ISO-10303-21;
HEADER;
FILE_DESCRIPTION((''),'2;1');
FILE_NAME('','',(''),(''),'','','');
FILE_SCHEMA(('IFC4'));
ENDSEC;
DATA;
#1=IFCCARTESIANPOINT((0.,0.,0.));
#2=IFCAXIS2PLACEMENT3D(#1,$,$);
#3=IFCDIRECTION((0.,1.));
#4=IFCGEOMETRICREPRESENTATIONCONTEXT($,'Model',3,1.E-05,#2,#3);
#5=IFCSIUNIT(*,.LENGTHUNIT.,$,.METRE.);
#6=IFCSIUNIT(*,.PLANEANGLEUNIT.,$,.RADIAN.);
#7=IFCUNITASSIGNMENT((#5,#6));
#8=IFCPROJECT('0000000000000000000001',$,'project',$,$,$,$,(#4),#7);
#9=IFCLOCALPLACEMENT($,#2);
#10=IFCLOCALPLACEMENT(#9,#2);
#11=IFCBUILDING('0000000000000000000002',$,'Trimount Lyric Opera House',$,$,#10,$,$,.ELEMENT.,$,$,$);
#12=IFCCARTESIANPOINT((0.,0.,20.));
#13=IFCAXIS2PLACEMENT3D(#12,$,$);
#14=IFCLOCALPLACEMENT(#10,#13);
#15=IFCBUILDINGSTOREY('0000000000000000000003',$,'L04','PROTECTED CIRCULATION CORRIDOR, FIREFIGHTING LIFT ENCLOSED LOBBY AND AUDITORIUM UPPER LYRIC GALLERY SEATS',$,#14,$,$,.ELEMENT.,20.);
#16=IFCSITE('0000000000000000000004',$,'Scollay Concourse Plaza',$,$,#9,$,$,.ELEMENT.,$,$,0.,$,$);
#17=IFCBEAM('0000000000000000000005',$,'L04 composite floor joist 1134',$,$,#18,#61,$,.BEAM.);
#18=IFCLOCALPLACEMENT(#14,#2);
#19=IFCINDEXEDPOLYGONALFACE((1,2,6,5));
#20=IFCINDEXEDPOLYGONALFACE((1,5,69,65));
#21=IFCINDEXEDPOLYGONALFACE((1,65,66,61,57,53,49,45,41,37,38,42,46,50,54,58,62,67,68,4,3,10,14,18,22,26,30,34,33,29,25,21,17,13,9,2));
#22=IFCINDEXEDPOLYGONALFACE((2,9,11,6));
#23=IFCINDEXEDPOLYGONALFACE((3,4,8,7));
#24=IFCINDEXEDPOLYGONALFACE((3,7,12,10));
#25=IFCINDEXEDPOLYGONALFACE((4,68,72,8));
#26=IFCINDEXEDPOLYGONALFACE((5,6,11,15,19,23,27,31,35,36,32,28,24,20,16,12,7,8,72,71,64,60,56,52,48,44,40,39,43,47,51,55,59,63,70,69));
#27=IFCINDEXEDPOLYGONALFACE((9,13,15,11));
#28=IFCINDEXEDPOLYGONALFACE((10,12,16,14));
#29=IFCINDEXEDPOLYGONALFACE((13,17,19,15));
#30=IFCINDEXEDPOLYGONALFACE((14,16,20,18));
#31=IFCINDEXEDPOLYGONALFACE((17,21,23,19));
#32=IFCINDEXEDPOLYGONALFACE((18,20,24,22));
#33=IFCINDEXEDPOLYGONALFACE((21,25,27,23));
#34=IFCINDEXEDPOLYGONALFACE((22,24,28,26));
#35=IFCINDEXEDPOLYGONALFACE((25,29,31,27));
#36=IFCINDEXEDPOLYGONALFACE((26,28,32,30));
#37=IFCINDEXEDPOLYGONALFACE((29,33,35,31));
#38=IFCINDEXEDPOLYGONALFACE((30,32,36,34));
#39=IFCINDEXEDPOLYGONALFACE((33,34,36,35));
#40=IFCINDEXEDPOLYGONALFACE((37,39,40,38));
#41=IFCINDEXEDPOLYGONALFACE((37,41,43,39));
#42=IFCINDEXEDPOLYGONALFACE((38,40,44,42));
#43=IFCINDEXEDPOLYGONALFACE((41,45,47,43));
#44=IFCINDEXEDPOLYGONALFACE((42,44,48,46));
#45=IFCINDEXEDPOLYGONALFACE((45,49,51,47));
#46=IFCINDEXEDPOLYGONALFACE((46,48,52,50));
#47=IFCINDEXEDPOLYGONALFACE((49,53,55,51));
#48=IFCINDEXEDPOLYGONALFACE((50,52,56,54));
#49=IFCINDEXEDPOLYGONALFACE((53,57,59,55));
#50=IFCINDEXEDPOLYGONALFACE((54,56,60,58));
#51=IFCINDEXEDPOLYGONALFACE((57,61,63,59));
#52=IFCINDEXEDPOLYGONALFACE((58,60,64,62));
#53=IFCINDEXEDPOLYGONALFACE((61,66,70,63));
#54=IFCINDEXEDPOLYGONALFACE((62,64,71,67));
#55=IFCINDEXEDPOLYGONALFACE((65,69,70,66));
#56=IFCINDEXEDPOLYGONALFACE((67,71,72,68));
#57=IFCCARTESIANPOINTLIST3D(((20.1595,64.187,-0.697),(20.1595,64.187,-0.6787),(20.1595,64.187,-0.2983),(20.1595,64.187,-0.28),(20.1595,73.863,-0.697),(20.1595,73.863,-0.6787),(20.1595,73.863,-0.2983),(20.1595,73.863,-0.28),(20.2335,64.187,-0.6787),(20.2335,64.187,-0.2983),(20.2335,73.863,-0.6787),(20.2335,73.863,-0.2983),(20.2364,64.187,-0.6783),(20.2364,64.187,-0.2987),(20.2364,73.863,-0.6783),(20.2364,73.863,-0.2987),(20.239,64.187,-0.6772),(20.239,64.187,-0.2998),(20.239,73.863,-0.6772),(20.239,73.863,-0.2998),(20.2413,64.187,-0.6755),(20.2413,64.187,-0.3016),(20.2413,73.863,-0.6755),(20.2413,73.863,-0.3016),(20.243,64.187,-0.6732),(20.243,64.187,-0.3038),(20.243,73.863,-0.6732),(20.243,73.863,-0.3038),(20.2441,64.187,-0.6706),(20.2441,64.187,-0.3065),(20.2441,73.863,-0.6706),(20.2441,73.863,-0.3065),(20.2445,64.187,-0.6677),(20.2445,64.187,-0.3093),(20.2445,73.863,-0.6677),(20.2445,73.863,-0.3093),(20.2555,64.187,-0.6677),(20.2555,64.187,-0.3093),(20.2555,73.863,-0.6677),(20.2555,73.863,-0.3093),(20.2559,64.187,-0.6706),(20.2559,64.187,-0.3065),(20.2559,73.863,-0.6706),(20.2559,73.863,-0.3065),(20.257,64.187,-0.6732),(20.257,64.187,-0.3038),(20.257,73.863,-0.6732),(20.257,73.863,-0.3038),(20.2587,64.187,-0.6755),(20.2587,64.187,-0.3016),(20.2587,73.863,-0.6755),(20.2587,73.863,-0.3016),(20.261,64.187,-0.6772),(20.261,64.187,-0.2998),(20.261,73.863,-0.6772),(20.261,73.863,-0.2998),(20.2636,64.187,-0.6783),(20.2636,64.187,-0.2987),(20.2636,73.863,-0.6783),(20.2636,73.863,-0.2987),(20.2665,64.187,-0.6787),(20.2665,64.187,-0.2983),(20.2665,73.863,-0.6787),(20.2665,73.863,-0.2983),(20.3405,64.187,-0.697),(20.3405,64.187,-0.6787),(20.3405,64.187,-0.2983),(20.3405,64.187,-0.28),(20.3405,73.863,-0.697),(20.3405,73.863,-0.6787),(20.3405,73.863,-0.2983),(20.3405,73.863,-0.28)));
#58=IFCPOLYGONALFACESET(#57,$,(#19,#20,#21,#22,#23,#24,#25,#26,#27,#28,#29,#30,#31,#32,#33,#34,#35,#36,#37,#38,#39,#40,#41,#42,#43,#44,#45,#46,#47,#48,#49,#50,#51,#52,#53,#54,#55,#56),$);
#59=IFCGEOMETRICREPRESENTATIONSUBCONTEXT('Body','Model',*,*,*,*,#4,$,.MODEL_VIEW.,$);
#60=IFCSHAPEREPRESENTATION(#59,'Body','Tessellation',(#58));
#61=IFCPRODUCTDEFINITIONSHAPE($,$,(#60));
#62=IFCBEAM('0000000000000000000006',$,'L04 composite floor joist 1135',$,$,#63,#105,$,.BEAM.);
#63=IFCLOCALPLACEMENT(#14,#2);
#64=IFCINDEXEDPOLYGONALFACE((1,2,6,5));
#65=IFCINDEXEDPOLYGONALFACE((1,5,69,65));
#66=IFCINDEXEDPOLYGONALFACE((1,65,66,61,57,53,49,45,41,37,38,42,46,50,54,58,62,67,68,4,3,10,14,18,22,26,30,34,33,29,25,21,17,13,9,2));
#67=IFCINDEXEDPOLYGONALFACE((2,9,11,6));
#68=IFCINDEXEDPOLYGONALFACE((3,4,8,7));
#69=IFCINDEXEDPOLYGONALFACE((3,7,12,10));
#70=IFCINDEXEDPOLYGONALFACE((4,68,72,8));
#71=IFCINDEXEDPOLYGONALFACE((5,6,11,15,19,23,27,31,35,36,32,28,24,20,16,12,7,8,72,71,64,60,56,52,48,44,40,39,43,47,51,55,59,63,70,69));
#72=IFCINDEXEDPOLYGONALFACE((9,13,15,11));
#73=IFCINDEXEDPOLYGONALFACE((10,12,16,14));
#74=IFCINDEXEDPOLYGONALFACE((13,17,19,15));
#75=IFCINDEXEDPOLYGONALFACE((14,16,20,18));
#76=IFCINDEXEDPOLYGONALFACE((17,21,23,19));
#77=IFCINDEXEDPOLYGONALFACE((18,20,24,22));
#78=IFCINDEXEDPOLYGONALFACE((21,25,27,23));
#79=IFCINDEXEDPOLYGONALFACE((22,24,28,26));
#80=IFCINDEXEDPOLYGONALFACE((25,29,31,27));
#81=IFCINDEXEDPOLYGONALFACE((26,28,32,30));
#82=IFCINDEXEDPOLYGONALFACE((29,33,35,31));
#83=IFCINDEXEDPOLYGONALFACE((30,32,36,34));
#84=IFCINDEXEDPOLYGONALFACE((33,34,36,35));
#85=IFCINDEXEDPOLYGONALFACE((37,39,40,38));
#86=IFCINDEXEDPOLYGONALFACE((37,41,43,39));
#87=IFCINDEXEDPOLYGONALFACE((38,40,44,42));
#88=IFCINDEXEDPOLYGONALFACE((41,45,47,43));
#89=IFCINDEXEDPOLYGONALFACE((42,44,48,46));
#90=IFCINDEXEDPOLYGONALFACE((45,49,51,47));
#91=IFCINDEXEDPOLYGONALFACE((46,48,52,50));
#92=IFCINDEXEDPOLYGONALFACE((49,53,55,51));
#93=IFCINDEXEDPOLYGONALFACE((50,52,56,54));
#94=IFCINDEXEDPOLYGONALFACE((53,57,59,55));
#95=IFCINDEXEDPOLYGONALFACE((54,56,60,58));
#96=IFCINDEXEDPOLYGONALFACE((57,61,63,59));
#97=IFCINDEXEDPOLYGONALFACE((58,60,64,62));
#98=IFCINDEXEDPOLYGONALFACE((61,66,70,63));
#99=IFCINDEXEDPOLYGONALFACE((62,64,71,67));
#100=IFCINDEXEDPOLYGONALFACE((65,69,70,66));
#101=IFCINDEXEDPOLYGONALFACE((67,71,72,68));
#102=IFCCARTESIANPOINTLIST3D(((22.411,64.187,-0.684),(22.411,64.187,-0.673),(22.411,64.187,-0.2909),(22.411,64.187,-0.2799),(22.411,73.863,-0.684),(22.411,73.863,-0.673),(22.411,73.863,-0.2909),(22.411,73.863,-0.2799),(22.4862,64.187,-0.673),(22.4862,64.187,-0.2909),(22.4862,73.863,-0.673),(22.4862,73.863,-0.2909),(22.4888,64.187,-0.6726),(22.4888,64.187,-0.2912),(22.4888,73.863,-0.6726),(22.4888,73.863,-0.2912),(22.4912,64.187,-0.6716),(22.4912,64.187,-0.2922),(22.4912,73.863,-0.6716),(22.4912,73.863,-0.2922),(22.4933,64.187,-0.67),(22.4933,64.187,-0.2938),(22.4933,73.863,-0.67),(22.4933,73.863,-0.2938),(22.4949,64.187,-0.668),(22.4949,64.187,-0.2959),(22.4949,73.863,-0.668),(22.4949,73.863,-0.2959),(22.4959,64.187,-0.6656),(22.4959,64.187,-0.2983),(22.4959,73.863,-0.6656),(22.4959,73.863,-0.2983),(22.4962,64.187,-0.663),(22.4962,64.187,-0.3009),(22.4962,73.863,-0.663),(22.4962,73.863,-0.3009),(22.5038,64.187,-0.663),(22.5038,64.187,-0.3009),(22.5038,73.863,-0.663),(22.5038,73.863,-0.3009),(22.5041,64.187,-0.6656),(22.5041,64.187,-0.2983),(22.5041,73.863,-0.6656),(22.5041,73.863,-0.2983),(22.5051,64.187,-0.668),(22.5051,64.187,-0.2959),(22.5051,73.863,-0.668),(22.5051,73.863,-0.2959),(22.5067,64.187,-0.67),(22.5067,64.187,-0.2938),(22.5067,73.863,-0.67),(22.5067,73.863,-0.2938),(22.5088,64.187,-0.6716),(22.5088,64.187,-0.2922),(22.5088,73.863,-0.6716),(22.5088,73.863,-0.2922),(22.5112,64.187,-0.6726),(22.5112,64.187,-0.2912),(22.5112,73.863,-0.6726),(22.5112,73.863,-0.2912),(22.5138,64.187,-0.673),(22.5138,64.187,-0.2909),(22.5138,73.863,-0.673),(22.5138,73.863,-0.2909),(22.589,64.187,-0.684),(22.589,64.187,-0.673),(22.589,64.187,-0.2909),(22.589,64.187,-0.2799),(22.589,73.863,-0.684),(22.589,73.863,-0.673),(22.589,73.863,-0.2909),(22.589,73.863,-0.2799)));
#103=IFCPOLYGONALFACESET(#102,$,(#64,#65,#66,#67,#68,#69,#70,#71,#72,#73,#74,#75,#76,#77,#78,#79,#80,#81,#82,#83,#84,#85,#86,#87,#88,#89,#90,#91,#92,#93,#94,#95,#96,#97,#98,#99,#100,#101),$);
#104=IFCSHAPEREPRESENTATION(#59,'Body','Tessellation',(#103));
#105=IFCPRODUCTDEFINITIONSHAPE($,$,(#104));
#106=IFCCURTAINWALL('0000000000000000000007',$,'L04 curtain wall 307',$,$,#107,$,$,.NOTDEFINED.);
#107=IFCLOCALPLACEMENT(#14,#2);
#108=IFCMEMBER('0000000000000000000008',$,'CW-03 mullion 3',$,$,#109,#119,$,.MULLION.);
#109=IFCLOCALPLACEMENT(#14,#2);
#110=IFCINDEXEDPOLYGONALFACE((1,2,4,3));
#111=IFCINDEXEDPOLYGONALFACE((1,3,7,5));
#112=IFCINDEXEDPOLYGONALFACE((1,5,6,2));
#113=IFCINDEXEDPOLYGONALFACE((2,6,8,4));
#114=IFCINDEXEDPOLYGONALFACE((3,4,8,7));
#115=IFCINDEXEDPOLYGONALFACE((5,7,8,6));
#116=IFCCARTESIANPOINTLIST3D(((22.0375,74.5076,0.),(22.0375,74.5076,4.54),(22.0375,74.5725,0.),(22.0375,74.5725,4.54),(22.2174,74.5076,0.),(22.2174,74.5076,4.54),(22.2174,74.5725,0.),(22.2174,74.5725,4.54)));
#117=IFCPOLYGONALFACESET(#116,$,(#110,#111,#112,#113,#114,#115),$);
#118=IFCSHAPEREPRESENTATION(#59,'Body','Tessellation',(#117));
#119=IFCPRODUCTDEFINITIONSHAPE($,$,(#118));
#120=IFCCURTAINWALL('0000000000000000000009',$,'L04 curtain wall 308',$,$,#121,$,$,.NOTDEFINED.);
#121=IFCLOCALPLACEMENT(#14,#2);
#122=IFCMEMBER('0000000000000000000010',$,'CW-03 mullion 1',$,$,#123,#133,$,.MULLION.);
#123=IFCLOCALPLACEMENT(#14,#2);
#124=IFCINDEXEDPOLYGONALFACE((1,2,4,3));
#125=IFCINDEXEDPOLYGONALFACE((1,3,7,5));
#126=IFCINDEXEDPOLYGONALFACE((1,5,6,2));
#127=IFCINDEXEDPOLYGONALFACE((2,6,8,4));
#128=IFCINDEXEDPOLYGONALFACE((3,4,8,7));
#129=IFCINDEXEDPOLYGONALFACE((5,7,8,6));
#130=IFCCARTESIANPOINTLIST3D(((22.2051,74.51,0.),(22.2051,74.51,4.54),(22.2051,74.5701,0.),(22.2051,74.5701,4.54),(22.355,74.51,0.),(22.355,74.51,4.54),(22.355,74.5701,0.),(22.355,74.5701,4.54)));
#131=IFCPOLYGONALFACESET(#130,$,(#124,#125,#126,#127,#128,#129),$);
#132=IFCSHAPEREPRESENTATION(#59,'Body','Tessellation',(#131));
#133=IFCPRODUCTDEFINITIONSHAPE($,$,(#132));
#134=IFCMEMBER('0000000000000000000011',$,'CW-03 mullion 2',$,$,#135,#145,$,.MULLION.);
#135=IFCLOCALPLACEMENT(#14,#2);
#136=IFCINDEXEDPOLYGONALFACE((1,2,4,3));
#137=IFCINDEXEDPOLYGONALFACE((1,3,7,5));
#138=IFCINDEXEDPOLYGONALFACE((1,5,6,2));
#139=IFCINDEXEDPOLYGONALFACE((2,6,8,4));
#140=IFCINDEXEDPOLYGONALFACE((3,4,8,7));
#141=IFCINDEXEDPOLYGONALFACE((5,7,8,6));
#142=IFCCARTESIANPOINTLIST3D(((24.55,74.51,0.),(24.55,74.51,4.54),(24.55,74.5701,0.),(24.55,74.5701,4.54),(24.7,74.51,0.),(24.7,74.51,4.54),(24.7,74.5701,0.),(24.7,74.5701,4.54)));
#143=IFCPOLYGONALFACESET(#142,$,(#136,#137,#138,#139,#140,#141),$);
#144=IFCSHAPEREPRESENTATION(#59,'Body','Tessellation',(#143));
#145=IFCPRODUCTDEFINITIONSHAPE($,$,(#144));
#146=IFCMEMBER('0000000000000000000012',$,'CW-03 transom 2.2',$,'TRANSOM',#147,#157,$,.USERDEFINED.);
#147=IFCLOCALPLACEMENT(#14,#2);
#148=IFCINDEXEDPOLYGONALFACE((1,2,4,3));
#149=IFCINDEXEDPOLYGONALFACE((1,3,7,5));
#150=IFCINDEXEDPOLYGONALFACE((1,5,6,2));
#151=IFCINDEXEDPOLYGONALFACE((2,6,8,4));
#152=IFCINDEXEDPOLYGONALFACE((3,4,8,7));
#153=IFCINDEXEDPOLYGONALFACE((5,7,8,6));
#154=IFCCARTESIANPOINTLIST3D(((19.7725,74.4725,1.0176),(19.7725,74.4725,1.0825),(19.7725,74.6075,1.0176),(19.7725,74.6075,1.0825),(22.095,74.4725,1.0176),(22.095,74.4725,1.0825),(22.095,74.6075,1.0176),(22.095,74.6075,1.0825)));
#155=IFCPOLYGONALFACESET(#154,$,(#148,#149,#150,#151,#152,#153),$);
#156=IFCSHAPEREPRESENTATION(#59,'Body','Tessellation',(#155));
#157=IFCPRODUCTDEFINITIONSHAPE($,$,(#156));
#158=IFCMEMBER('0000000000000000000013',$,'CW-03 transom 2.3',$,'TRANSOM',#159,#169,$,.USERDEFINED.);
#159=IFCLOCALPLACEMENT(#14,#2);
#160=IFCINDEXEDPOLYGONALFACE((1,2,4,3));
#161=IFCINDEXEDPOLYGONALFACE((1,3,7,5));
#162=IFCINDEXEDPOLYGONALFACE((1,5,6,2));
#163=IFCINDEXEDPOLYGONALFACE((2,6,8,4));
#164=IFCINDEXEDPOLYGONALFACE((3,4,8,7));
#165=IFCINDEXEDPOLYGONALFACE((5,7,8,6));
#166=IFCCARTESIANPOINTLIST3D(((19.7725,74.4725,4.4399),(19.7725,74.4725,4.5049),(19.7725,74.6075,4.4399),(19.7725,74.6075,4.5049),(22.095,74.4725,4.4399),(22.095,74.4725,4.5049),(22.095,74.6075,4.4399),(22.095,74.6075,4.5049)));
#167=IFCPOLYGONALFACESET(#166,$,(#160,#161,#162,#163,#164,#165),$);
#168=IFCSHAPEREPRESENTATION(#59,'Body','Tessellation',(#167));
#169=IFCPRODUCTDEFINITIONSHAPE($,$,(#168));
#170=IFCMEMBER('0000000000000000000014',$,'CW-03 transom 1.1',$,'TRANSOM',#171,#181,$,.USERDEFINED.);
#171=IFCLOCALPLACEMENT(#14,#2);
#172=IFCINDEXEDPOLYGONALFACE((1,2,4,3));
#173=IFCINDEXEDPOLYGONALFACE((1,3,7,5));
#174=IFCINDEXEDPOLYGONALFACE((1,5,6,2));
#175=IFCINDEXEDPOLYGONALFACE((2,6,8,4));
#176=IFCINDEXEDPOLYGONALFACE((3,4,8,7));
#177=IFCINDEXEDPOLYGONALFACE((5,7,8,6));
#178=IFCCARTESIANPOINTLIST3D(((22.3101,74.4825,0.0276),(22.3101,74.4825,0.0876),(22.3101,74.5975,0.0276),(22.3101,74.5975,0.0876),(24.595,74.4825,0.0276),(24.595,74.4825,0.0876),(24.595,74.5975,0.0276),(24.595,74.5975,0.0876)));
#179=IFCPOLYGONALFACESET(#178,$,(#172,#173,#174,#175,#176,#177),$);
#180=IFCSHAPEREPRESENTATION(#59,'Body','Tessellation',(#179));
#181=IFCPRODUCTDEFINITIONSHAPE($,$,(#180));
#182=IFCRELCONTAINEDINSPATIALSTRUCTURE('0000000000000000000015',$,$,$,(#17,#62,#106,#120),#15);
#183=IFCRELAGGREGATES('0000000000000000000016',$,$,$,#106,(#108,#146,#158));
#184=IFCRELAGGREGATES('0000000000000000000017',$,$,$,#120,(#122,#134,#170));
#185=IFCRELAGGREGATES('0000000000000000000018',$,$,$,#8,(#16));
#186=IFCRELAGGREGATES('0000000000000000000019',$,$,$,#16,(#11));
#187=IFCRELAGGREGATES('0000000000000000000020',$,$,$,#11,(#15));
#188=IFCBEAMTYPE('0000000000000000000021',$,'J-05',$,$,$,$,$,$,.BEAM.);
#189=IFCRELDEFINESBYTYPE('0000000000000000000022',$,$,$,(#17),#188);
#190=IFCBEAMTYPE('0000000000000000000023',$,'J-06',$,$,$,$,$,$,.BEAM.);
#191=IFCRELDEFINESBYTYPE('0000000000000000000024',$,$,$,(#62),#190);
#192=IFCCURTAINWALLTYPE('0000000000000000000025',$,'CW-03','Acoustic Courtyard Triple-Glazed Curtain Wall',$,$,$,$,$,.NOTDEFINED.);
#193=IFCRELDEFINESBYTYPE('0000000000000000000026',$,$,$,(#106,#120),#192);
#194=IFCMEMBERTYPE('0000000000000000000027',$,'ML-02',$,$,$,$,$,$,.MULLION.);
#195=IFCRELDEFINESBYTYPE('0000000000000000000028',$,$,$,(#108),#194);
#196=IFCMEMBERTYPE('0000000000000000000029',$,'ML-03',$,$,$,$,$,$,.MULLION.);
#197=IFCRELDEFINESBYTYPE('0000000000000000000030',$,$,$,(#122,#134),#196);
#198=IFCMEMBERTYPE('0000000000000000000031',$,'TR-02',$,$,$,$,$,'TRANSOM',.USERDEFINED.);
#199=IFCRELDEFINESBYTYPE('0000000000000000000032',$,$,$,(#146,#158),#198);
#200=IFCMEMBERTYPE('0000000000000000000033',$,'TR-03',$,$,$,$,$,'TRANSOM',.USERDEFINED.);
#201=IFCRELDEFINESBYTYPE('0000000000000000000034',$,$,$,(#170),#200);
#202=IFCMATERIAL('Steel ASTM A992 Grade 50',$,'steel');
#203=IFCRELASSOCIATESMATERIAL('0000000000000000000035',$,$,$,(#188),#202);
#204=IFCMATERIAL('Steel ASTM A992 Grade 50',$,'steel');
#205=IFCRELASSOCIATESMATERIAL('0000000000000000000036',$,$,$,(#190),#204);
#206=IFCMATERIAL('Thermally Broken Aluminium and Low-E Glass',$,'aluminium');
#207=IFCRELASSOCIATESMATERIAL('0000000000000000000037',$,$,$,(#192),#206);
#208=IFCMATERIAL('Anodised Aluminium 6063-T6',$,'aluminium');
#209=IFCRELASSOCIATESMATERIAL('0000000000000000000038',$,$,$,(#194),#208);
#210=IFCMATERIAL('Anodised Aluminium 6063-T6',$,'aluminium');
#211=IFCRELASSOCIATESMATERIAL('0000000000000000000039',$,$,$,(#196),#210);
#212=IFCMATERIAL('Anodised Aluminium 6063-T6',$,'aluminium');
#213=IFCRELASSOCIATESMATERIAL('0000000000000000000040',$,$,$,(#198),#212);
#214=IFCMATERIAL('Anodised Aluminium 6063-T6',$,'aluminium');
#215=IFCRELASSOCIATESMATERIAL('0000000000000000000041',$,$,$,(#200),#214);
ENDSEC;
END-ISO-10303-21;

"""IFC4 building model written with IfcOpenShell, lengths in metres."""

from ifc_helpers import new_model, si_unit, direction, frame, origin, origin_2d, place, context, subcontext, project, spatial, rectangle, i_section, extrude, material, material_profile, profile_set, type_object, element, aggregate, save


model = new_model("IFC4")

# Units and contexts
model_context = context("Model", 3, precision=1e-05, world=origin(), true_north=direction((0.0, 1.0)))
body_context = subcontext(model_context, "Body", "Model", "MODEL_VIEW")
ifc_project = project(units=[si_unit("LENGTHUNIT", "METRE"), si_unit("PLANEANGLEUNIT", "RADIAN")], contexts=[model_context])

# Site, building, storey
site_placement = place(None, origin())
site = spatial("IfcSite", under=ifc_project, at=site_placement, Name="Scollay Concourse Plaza", CompositionType="ELEMENT", RefElevation=0.0)
building_placement = place(site_placement, origin())
building = spatial("IfcBuilding", under=site, at=building_placement, Name="Trimount Lyric Opera House", CompositionType="ELEMENT")
storey_placement = place(building_placement, frame((0.0, 0.0, 20.0)))
storey = spatial("IfcBuildingStorey", under=building, at=storey_placement, Name="L04", Description="PROTECTED CIRCULATION CORRIDOR, FIREFIGHTING LIFT ENCLOSED LOBBY AND AUDITORIUM UPPER LYRIC GALLERY SEATS", CompositionType="ELEMENT", Elevation=20.0)

# Beams
ifc_material_1 = material(Name="Steel ASTM A992 Grade 50", Category="steel")
ifc_material_profile_1 = material_profile(ifc_material_1, i_section(OverallWidth=0.1809, OverallDepth=0.417, WebThickness=0.011, FlangeThickness=0.0183, FilletRadius=0.011, at=origin_2d()), Name="W16X57")
ifc_profile_set_1 = profile_set([ifc_material_profile_1], Name="Steel ASTM A992 Grade 50")
beam_type_1 = type_object("IfcBeamType", Name="J-05", PredefinedType="BEAM", material=ifc_profile_set_1)
beam_1_placement = place(storey_placement, frame((20.25, 64.187, -0.4885), z_axis=(0.0, 1.0, 0.0), x_axis=(-1.0, 0.0, 0.0)))
element("IfcBeam", 1, at=beam_1_placement, inside=storey, type_object=beam_type_1, Name="L04 composite floor joist 1134", PredefinedType="BEAM", context=body_context, shape_type="SweptSolid", body=[
    extrude(i_section(OverallWidth=0.1809, OverallDepth=0.417, WebThickness=0.011, FlangeThickness=0.0183, FilletRadius=0.011, at=origin_2d()), origin(), (0.0, 0.0, 1.0), 9.676),
])
ifc_material_2 = material(Name="Steel ASTM A992 Grade 50", Category="steel")
ifc_material_profile_2 = material_profile(ifc_material_2, i_section(OverallWidth=0.178, OverallDepth=0.4041, WebThickness=0.0076, FlangeThickness=0.011, FilletRadius=0.01, at=origin_2d()), Name="W16X36")
ifc_profile_set_2 = profile_set([ifc_material_profile_2], Name="Steel ASTM A992 Grade 50")
beam_type_2 = type_object("IfcBeamType", Name="J-06", PredefinedType="BEAM", material=ifc_profile_set_2)
beam_2_placement = place(storey_placement, frame((22.5, 64.187, -0.4819), z_axis=(0.0, 1.0, 0.0), x_axis=(-1.0, 0.0, 0.0)))
element("IfcBeam", 2, at=beam_2_placement, inside=storey, type_object=beam_type_2, Name="L04 composite floor joist 1135", PredefinedType="BEAM", context=body_context, shape_type="SweptSolid", body=[
    extrude(i_section(OverallWidth=0.178, OverallDepth=0.4041, WebThickness=0.0076, FlangeThickness=0.011, FilletRadius=0.01, at=origin_2d()), origin(), (0.0, 0.0, 1.0), 9.676),
])

# Curtain wall, member
ifc_material_3 = material(Name="Thermally Broken Aluminium and Low-E Glass", Category="aluminium")
curtain_wall_type = type_object("IfcCurtainWallType", Name="CW-03", Description="Acoustic Courtyard Triple-Glazed Curtain Wall", PredefinedType="NOTDEFINED", material=ifc_material_3)
curtain_wall_1_placement = place(storey_placement, origin())
curtain_wall_1 = element("IfcCurtainWall", 3, at=curtain_wall_1_placement, inside=storey, type_object=curtain_wall_type, Name="L04 curtain wall 307", PredefinedType="NOTDEFINED")
ifc_material_4 = material(Name="Anodised Aluminium 6063-T6", Category="aluminium")
ifc_material_profile_3 = material_profile(ifc_material_4, rectangle(XDim=0.0649, YDim=0.1799, at=origin_2d()), Name="ALU-MULL-65X180")
ifc_profile_set_3 = profile_set([ifc_material_profile_3], Name="Anodised Aluminium 6063-T6")
member_type_1 = type_object("IfcMemberType", Name="ML-02", PredefinedType="MULLION", material=ifc_profile_set_3)
member_1_placement = place(storey_placement, frame((22.1274, 74.54, 0.0), z_axis=(0.0, 0.0, 1.0), x_axis=(0.0, 1.0, 0.0)))
member_1 = element("IfcMember", 4, at=member_1_placement, type_object=member_type_1, Name="CW-03 mullion 3", PredefinedType="MULLION", context=body_context, shape_type="SweptSolid", body=[
    extrude(rectangle(XDim=0.0649, YDim=0.1799, at=origin_2d()), origin(), (0.0, 0.0, 1.0), 4.54),
])

# Curtain wall, members
curtain_wall_2_placement = place(storey_placement, origin())
curtain_wall_2 = element("IfcCurtainWall", 5, at=curtain_wall_2_placement, inside=storey, type_object=curtain_wall_type, Name="L04 curtain wall 308", PredefinedType="NOTDEFINED")
ifc_material_5 = material(Name="Anodised Aluminium 6063-T6", Category="aluminium")
ifc_material_profile_4 = material_profile(ifc_material_5, rectangle(XDim=0.0601, YDim=0.1499, at=origin_2d()), Name="ALU-MULL-60X150")
ifc_profile_set_4 = profile_set([ifc_material_profile_4], Name="Anodised Aluminium 6063-T6")
member_type_2 = type_object("IfcMemberType", Name="ML-03", PredefinedType="MULLION", material=ifc_profile_set_4)
member_2_placement = place(storey_placement, frame((22.28, 74.54, 0.0), z_axis=(0.0, 0.0, 1.0), x_axis=(0.0, 1.0, 0.0)))
member_2 = element("IfcMember", 6, at=member_2_placement, type_object=member_type_2, Name="CW-03 mullion 1", PredefinedType="MULLION", context=body_context, shape_type="SweptSolid", body=[
    extrude(rectangle(XDim=0.0601, YDim=0.1499, at=origin_2d()), origin(), (0.0, 0.0, 1.0), 4.54),
])
member_3_placement = place(storey_placement, frame((24.625, 74.54, 0.0), z_axis=(0.0, 0.0, 1.0), x_axis=(0.0, 1.0, 0.0)))
member_3 = element("IfcMember", 7, at=member_3_placement, type_object=member_type_2, Name="CW-03 mullion 2", PredefinedType="MULLION", context=body_context, shape_type="SweptSolid", body=[
    extrude(rectangle(XDim=0.0601, YDim=0.1499, at=origin_2d()), origin(), (0.0, 0.0, 1.0), 4.54),
])

# Members
ifc_material_6 = material(Name="Anodised Aluminium 6063-T6", Category="aluminium")
ifc_material_profile_5 = material_profile(ifc_material_6, rectangle(XDim=0.135, YDim=0.0649, at=origin_2d()), Name="ALU-TRAN-65X135")
ifc_profile_set_5 = profile_set([ifc_material_profile_5], Name="Anodised Aluminium 6063-T6")
member_type_3 = type_object("IfcMemberType", Name="TR-02", ElementType="TRANSOM", PredefinedType="USERDEFINED", material=ifc_profile_set_5)
member_4_placement = place(storey_placement, frame((19.7725, 74.54, 1.05), z_axis=(1.0, 0.0, 0.0), x_axis=(0.0, 1.0, 0.0)))
member_4 = element("IfcMember", 8, at=member_4_placement, type_object=member_type_3, Name="CW-03 transom 2.2", ObjectType="TRANSOM", PredefinedType="USERDEFINED", context=body_context, shape_type="SweptSolid", body=[
    extrude(rectangle(XDim=0.135, YDim=0.0649, at=origin_2d()), origin(), (0.0, 0.0, 1.0), 2.3225),
])
member_5_placement = place(storey_placement, frame((19.7725, 74.54, 4.4724), z_axis=(1.0, 0.0, 0.0), x_axis=(0.0, 1.0, 0.0)))
member_5 = element("IfcMember", 9, at=member_5_placement, type_object=member_type_3, Name="CW-03 transom 2.3", ObjectType="TRANSOM", PredefinedType="USERDEFINED", context=body_context, shape_type="SweptSolid", body=[
    extrude(rectangle(XDim=0.135, YDim=0.0649, at=origin_2d()), origin(), (0.0, 0.0, 1.0), 2.3225),
])
ifc_material_7 = material(Name="Anodised Aluminium 6063-T6", Category="aluminium")
ifc_material_profile_6 = material_profile(ifc_material_7, rectangle(XDim=0.115, YDim=0.0601, at=origin_2d()), Name="ALU-TRAN-60X115")
ifc_profile_set_6 = profile_set([ifc_material_profile_6], Name="Anodised Aluminium 6063-T6")
member_type_4 = type_object("IfcMemberType", Name="TR-03", ElementType="TRANSOM", PredefinedType="USERDEFINED", material=ifc_profile_set_6)
member_6_placement = place(storey_placement, frame((22.3101, 74.54, 0.0576), z_axis=(1.0, 0.0, 0.0), x_axis=(0.0, 1.0, 0.0)))
member_6 = element("IfcMember", 10, at=member_6_placement, type_object=member_type_4, Name="CW-03 transom 1.1", ObjectType="TRANSOM", PredefinedType="USERDEFINED", context=body_context, shape_type="SweptSolid", body=[
    extrude(rectangle(XDim=0.115, YDim=0.0601, at=origin_2d()), origin(), (0.0, 0.0, 1.0), 2.2849),
])

aggregate(curtain_wall_1, [member_1, member_4, member_5])
aggregate(curtain_wall_2, [member_2, member_3, member_6])

save(model, "model.ifc")
